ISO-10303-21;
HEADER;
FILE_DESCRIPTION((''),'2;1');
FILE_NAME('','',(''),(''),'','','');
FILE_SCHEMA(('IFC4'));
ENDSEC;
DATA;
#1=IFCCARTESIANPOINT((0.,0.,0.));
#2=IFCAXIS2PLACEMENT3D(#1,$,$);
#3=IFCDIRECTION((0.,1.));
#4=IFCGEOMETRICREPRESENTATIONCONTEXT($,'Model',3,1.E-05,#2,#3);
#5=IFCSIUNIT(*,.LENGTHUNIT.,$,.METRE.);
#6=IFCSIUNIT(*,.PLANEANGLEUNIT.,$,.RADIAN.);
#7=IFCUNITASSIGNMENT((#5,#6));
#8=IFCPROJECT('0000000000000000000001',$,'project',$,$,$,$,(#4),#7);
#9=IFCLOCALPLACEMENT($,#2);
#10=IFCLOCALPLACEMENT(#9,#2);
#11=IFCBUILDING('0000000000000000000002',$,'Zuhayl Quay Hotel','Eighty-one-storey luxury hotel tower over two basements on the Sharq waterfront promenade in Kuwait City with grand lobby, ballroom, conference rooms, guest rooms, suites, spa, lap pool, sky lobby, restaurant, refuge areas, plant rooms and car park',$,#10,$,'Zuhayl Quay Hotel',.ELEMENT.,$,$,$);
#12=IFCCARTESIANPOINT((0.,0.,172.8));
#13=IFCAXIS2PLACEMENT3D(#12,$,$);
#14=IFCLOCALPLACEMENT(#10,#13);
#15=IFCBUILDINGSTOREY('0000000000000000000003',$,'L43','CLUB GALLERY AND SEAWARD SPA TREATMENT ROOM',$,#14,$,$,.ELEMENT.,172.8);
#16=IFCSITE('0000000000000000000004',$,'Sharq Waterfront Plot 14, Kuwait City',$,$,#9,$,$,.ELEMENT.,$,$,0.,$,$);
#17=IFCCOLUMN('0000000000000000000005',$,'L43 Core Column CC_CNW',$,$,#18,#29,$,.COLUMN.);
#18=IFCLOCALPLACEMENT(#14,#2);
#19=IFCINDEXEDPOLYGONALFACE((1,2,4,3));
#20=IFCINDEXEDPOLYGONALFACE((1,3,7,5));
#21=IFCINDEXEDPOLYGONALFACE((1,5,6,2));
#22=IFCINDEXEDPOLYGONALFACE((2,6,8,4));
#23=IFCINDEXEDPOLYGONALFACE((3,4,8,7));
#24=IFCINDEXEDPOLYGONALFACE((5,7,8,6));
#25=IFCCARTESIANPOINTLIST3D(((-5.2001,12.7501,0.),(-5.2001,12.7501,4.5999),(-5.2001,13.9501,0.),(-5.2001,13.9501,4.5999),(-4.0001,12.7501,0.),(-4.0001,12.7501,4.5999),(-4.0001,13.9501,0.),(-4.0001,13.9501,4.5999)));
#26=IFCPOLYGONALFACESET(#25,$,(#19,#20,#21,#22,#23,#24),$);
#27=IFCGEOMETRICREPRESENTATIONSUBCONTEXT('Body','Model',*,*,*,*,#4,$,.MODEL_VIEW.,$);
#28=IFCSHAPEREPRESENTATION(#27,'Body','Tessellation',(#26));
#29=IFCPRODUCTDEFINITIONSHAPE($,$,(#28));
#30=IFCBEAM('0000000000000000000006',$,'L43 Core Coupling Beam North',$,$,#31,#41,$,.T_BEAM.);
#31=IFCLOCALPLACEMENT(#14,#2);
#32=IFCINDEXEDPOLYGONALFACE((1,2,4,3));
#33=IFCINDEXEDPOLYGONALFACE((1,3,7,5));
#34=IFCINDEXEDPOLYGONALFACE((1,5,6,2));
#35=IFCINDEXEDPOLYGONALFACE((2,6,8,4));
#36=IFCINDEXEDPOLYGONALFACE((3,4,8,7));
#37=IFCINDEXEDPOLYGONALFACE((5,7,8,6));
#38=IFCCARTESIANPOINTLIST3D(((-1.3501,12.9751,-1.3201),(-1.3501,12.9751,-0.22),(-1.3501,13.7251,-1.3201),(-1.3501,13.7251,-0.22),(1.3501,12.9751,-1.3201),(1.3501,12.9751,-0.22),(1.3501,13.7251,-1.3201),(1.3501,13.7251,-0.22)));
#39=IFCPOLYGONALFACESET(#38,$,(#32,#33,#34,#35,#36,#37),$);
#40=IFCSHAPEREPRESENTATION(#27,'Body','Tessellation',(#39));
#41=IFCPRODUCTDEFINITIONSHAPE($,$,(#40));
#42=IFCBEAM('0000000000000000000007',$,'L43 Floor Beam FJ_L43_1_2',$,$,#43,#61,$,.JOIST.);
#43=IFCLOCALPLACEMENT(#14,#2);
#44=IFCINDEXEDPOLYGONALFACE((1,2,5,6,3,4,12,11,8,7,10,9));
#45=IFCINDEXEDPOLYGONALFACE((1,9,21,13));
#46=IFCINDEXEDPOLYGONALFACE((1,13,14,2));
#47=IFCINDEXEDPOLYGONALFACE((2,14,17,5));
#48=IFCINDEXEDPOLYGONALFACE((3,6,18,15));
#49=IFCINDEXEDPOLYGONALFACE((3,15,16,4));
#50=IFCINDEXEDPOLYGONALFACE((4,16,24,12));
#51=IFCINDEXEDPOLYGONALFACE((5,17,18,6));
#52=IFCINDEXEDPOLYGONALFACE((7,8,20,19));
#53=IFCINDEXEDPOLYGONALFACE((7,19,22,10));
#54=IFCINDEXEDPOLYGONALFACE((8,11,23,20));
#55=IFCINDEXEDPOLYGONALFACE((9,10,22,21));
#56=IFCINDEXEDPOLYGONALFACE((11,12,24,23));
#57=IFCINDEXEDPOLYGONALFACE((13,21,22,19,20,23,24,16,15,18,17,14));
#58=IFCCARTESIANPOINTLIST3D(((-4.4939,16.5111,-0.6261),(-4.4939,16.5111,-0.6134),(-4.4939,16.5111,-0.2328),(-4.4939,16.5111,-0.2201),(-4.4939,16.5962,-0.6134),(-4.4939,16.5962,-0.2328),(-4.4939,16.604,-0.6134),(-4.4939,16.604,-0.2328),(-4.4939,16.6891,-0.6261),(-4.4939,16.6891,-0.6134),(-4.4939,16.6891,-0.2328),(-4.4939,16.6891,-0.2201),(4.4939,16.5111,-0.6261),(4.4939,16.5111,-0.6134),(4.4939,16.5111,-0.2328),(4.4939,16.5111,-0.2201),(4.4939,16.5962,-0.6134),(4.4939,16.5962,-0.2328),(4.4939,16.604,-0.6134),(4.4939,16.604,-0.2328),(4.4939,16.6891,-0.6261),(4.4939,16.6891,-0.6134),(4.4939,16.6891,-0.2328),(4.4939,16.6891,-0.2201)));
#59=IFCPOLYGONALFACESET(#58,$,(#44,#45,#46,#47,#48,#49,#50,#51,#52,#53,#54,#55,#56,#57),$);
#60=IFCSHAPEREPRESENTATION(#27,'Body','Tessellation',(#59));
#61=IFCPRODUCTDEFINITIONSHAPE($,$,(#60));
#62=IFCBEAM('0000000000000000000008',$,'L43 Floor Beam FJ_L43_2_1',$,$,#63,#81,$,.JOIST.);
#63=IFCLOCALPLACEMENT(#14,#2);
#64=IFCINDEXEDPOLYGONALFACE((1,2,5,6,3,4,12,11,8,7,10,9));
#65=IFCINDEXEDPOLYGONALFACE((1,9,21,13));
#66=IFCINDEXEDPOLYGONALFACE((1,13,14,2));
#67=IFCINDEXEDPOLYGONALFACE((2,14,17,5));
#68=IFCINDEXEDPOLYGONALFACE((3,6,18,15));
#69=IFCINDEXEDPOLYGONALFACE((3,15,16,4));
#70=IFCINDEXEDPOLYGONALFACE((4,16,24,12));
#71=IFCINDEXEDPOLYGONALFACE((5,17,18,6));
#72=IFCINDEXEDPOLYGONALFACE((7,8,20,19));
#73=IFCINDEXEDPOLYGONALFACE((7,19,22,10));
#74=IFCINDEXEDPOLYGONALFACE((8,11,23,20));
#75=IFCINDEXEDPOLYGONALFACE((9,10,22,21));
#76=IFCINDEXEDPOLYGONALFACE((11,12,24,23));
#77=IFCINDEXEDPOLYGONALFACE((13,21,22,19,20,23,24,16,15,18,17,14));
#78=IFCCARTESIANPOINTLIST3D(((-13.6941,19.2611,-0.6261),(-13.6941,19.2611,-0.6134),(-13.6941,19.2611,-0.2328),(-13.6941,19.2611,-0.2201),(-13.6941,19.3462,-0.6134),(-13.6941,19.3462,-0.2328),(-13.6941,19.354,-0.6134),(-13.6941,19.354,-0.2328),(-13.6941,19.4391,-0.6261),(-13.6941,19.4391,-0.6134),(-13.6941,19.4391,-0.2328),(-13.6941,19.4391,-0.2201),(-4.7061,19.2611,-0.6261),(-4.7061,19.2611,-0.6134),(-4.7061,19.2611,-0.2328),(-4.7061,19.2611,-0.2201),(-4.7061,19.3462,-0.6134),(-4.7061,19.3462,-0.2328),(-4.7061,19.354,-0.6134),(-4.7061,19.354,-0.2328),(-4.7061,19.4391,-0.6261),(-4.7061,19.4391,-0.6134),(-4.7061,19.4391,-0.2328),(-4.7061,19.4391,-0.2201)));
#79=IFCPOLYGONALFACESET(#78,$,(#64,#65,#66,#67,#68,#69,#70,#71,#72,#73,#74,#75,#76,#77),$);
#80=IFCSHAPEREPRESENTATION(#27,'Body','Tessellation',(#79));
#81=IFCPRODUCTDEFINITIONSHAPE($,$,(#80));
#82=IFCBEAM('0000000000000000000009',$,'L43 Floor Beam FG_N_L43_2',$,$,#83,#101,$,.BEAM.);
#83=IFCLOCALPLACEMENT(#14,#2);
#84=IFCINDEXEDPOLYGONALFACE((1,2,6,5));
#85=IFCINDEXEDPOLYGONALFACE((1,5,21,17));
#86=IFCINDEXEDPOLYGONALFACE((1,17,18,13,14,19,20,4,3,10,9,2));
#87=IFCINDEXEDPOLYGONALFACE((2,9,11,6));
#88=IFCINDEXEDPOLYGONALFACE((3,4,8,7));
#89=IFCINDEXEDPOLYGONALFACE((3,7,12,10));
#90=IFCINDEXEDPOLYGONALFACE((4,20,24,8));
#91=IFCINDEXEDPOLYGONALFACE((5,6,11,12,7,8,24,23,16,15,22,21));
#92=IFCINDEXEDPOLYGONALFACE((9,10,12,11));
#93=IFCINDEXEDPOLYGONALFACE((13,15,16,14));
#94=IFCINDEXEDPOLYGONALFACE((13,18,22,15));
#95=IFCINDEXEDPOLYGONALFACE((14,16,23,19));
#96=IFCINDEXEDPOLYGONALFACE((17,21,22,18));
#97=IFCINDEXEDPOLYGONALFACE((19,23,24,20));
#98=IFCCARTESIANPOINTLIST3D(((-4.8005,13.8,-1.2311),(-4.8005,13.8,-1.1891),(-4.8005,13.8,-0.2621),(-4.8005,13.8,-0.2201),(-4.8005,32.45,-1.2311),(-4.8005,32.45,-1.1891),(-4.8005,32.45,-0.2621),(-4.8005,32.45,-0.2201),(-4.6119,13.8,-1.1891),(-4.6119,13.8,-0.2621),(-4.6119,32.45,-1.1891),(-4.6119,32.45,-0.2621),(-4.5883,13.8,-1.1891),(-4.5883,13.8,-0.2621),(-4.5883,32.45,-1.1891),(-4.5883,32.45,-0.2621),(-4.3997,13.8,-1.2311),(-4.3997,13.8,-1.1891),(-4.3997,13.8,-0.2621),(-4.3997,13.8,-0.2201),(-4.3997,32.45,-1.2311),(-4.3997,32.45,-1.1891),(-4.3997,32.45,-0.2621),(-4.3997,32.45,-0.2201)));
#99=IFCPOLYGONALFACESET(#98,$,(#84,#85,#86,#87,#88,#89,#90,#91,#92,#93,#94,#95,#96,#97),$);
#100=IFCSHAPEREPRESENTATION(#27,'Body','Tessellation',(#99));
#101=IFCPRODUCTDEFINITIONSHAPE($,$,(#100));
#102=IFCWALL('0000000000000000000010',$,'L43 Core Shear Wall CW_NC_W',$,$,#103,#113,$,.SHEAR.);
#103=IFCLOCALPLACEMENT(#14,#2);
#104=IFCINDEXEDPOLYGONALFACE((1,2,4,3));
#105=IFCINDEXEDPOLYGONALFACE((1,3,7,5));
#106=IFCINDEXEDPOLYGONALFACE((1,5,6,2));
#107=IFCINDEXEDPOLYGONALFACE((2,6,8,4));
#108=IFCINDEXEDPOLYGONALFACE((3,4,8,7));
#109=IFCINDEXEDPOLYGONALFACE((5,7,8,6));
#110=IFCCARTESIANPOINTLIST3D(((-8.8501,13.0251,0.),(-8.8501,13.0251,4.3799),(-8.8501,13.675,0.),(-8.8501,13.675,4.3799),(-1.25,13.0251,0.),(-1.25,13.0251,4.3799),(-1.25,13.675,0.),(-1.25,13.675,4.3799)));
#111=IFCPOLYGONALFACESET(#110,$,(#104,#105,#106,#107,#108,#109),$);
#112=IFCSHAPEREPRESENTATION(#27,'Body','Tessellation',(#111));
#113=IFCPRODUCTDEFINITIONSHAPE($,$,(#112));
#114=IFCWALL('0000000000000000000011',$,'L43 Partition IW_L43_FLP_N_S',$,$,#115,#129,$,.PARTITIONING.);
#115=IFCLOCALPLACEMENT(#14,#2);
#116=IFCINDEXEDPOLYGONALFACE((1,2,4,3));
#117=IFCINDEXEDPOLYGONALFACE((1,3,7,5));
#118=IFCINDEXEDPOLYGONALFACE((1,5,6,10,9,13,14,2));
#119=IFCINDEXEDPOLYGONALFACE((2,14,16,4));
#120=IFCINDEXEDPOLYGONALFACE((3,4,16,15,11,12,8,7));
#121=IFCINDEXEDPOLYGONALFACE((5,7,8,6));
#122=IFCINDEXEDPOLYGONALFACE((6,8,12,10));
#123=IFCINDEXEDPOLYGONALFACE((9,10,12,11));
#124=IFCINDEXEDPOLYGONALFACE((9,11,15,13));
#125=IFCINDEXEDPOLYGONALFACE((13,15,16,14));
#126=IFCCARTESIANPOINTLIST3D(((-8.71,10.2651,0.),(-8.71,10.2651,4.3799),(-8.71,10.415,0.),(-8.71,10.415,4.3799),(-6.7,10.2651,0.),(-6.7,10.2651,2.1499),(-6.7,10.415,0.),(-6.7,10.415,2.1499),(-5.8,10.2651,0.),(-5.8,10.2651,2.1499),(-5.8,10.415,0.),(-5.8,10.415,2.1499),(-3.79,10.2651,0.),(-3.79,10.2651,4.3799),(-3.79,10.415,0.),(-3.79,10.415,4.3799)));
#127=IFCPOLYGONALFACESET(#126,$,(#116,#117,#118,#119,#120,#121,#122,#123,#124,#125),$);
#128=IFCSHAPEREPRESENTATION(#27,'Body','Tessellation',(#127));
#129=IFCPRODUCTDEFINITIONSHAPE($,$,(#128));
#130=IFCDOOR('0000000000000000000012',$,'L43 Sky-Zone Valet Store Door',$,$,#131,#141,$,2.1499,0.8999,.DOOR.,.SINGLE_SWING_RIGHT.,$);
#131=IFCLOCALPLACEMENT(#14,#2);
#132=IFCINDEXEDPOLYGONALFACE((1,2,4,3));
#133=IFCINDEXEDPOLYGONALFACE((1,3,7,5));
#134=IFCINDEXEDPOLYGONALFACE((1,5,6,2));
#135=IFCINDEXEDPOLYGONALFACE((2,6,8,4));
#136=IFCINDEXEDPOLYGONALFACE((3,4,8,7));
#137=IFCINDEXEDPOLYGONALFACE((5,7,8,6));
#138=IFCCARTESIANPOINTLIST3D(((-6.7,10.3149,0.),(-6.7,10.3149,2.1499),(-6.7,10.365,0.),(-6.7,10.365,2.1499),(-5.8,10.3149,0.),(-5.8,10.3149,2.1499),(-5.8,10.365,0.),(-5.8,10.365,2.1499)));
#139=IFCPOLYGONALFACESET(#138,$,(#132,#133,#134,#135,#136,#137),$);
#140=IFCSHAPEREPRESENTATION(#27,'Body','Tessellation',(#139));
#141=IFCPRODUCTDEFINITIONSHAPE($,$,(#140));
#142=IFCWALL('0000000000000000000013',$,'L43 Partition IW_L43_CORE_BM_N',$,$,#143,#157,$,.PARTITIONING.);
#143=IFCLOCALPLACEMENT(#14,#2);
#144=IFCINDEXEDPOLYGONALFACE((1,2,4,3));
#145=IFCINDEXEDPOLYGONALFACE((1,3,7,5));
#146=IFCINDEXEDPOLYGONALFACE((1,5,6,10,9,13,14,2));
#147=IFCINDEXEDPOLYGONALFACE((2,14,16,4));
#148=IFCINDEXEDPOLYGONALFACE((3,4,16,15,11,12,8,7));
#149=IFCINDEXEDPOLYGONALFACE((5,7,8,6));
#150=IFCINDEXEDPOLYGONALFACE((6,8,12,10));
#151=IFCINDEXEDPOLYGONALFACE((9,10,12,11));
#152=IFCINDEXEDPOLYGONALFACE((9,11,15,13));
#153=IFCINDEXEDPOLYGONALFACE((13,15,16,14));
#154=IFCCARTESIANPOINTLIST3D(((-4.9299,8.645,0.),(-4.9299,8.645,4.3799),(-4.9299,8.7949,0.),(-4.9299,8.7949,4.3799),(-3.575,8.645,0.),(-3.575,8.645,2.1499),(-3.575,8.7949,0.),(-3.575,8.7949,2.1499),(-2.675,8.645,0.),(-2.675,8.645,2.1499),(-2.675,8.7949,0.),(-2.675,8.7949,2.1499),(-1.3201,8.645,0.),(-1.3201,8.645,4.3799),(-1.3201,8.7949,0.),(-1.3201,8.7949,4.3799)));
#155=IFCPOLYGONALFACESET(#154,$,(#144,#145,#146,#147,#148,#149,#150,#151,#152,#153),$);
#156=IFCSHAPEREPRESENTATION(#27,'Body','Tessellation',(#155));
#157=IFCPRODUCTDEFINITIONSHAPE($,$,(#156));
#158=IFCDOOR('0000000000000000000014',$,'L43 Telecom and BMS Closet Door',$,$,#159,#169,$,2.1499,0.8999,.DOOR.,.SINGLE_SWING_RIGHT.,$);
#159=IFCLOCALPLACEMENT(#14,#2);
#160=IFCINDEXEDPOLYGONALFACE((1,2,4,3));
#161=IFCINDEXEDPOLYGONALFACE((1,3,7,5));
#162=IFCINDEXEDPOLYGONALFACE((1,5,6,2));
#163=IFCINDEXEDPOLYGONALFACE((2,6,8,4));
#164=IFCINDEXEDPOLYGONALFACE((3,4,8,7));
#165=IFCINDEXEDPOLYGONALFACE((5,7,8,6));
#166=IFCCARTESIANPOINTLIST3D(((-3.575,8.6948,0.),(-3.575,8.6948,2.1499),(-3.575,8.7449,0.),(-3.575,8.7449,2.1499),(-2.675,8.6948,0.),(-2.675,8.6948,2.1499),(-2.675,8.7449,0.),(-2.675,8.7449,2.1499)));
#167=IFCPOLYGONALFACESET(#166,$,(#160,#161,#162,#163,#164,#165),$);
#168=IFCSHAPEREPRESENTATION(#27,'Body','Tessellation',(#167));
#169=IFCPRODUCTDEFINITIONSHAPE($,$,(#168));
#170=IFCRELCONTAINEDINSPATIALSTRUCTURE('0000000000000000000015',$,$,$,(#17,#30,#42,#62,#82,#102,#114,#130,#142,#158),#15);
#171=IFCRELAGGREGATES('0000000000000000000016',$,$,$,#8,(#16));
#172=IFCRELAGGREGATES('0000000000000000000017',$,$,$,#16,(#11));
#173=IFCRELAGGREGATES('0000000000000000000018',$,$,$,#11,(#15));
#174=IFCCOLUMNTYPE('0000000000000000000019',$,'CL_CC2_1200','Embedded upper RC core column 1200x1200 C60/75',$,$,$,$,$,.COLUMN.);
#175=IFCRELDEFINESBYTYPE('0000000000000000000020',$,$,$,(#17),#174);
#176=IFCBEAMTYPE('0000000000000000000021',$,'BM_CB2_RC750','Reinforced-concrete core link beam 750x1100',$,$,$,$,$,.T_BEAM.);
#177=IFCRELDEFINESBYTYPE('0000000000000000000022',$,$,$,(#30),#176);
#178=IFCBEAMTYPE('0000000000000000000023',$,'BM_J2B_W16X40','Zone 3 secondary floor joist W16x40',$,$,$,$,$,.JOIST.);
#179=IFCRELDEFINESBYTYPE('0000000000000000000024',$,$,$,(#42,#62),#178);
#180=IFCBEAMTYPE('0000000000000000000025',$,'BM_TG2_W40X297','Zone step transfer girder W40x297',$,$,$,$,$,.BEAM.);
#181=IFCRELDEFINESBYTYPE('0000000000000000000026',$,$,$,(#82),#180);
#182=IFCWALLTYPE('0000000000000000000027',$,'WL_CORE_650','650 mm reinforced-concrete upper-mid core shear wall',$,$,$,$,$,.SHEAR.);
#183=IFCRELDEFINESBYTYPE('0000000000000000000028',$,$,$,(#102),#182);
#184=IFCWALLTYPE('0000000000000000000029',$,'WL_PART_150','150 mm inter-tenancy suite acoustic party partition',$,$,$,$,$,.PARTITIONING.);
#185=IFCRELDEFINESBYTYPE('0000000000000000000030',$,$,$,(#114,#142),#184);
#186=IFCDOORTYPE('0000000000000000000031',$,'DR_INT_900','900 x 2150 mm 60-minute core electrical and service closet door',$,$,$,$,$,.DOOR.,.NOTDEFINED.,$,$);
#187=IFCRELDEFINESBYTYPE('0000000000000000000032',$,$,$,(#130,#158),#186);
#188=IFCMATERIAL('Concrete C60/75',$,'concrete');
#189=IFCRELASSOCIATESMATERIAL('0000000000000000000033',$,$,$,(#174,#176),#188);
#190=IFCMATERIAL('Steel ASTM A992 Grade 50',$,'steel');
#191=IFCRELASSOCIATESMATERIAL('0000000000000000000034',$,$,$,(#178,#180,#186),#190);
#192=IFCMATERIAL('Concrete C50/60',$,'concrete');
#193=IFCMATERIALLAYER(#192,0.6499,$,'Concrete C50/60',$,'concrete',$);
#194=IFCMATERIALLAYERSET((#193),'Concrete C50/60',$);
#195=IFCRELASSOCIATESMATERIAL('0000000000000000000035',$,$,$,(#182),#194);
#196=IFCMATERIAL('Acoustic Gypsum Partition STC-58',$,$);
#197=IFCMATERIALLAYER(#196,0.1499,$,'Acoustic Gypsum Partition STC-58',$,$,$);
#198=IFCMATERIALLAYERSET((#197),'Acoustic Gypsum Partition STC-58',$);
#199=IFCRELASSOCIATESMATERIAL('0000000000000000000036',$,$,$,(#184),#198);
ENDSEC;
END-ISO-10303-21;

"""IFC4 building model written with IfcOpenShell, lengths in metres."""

from ifc_helpers import new_model, si_unit, direction, frame, frame_2d, origin, origin_2d, place, context, subcontext, project, spatial, rectangle, i_section, extrude, material, layer, layer_set, material_profile, profile_set, type_object, element, fill, save


model = new_model("IFC4")

# Units and contexts
model_context = context("Model", 3, precision=1e-05, world=origin(), true_north=direction((0.0, 1.0)))
body_context = subcontext(model_context, "Body", "Model", "MODEL_VIEW")
ifc_project = project(units=[si_unit("LENGTHUNIT", "METRE"), si_unit("PLANEANGLEUNIT", "RADIAN")], contexts=[model_context])

# Site, building, storey
site_placement = place(None, origin())
site = spatial("IfcSite", under=ifc_project, at=site_placement, Name="Sharq Waterfront Plot 14, Kuwait City", CompositionType="ELEMENT", RefElevation=0.0)
building_placement = place(site_placement, origin())
building = spatial("IfcBuilding", under=site, at=building_placement, Name="Zuhayl Quay Hotel", Description="Eighty-one-storey luxury hotel tower over two basements on the Sharq waterfront promenade in Kuwait City with grand lobby, ballroom, conference rooms, guest rooms, suites, spa, lap pool, sky lobby, restaurant, refuge areas, plant rooms and car park", LongName="Zuhayl Quay Hotel", CompositionType="ELEMENT")
storey_placement = place(building_placement, frame((0.0, 0.0, 172.8)))
storey = spatial("IfcBuildingStorey", under=building, at=storey_placement, Name="L43", Description="CLUB GALLERY AND SEAWARD SPA TREATMENT ROOM", CompositionType="ELEMENT", Elevation=172.8)

# Column
ifc_material_1 = material(Name="Concrete C60/75", Category="concrete")
ifc_material_profile_1 = material_profile(ifc_material_1, rectangle(XDim=1.2, YDim=1.2, at=origin_2d()), Name="RC1200X1200")
ifc_profile_set_1 = profile_set([ifc_material_profile_1], Name="Concrete C60/75")
column_type = type_object("IfcColumnType", Name="CL_CC2_1200", Description="Embedded upper RC core column 1200x1200 C60/75", PredefinedType="COLUMN", material=ifc_profile_set_1)
column_placement = place(storey_placement, frame((-4.6001, 13.3501, 0.0), z_axis=(0.0, 0.0, 1.0), x_axis=(1.0, 0.0, 0.0)))
element("IfcColumn", 1, at=column_placement, inside=storey, type_object=column_type, Name="L43 Core Column CC_CNW", PredefinedType="COLUMN", context=body_context, shape_type="SweptSolid", body=[
    extrude(rectangle(XDim=1.2, YDim=1.2, at=origin_2d()), origin(), (0.0, 0.0, 1.0), 4.5999),
])

# Beams
ifc_material_profile_2 = material_profile(ifc_material_1, rectangle(XDim=0.75, YDim=1.1001, at=origin_2d()), Name="RC750X1100")
ifc_profile_set_2 = profile_set([ifc_material_profile_2], Name="Concrete C60/75")
beam_type_1 = type_object("IfcBeamType", Name="BM_CB2_RC750", Description="Reinforced-concrete core link beam 750x1100", PredefinedType="T_BEAM", material=ifc_profile_set_2)
beam_1_placement = place(storey_placement, frame((-1.3501, 13.3501, -0.77), z_axis=(1.0, 0.0, 0.0), x_axis=(0.0, 1.0, 0.0)))
element("IfcBeam", 2, at=beam_1_placement, inside=storey, type_object=beam_type_1, Name="L43 Core Coupling Beam North", PredefinedType="T_BEAM", context=body_context, shape_type="SweptSolid", body=[
    extrude(rectangle(XDim=0.75, YDim=1.1001, at=origin_2d()), origin(), (0.0, 0.0, 1.0), 2.7002),
])
ifc_material_2 = material(Name="Steel ASTM A992 Grade 50", Category="steel")
ifc_material_profile_3 = material_profile(ifc_material_2, i_section(OverallWidth=0.178, OverallDepth=0.406, WebThickness=0.0078, FlangeThickness=0.0127, at=origin_2d()), Name="W16X40")
ifc_profile_set_3 = profile_set([ifc_material_profile_3], Name="Steel ASTM A992 Grade 50")
beam_type_2 = type_object("IfcBeamType", Name="BM_J2B_W16X40", Description="Zone 3 secondary floor joist W16x40", PredefinedType="JOIST", material=ifc_profile_set_3)
beam_2_placement = place(storey_placement, frame((-4.4939, 16.6001, -0.4231), z_axis=(1.0, 0.0, 0.0), x_axis=(0.0, 1.0, 0.0)))
element("IfcBeam", 3, at=beam_2_placement, inside=storey, type_object=beam_type_2, Name="L43 Floor Beam FJ_L43_1_2", PredefinedType="JOIST", context=body_context, shape_type="SweptSolid", body=[
    extrude(i_section(OverallWidth=0.178, OverallDepth=0.406, WebThickness=0.0078, FlangeThickness=0.0127, at=origin_2d()), origin(), (0.0, 0.0, 1.0), 8.9878),
])
beam_3_placement = place(storey_placement, frame((-13.6941, 19.3501, -0.4231), z_axis=(1.0, 0.0, 0.0), x_axis=(0.0, 1.0, 0.0)))
element("IfcBeam", 4, at=beam_3_placement, inside=storey, type_object=beam_type_2, Name="L43 Floor Beam FJ_L43_2_1", PredefinedType="JOIST", context=body_context, shape_type="SweptSolid", body=[
    extrude(i_section(OverallWidth=0.178, OverallDepth=0.406, WebThickness=0.0078, FlangeThickness=0.0127, at=origin_2d()), origin(), (0.0, 0.0, 1.0), 8.988),
])
ifc_material_profile_4 = material_profile(ifc_material_2, i_section(OverallWidth=0.4009, OverallDepth=1.011, WebThickness=0.0237, FlangeThickness=0.042, at=origin_2d()), Name="W40X297")
ifc_profile_set_4 = profile_set([ifc_material_profile_4], Name="Steel ASTM A992 Grade 50")
beam_type_3 = type_object("IfcBeamType", Name="BM_TG2_W40X297", Description="Zone step transfer girder W40x297", PredefinedType="BEAM", material=ifc_profile_set_4)
beam_4_placement = place(storey_placement, frame((-4.6001, 13.8, -0.7256), z_axis=(0.0, 1.0, 0.0), x_axis=(-1.0, 0.0, 0.0)))
element("IfcBeam", 5, at=beam_4_placement, inside=storey, type_object=beam_type_3, Name="L43 Floor Beam FG_N_L43_2", PredefinedType="BEAM", context=body_context, shape_type="SweptSolid", body=[
    extrude(i_section(OverallWidth=0.4009, OverallDepth=1.011, WebThickness=0.0237, FlangeThickness=0.042, at=origin_2d()), origin(), (0.0, 0.0, 1.0), 18.6499),
])

# Wall
ifc_material_3 = material(Name="Concrete C50/60", Category="concrete")
ifc_layer_1 = layer(ifc_material_3, 0.6499, Name="Concrete C50/60", Category="concrete")
ifc_layer_set_1 = layer_set([ifc_layer_1], Name="Concrete C50/60")
wall_type_1 = type_object("IfcWallType", Name="WL_CORE_650", Description="650 mm reinforced-concrete upper-mid core shear wall", PredefinedType="SHEAR", material=ifc_layer_set_1)
wall_1_placement = place(storey_placement, frame((-8.8501, 13.3501, 0.0), z_axis=(0.0, 0.0, 1.0), x_axis=(1.0, 0.0, 0.0)))
element("IfcWall", 6, at=wall_1_placement, inside=storey, type_object=wall_type_1, Name="L43 Core Shear Wall CW_NC_W", PredefinedType="SHEAR", context=body_context, shape_type="SweptSolid", body=[
    extrude(rectangle(XDim=7.6001, YDim=0.6499, at=frame_2d((3.8, 0.0))), origin(), (0.0, 0.0, 1.0), 4.3799),
])

# Walls, openings, doors
ifc_material_4 = material(Name="Acoustic Gypsum Partition STC-58")
ifc_layer_2 = layer(ifc_material_4, 0.1499, Name="Acoustic Gypsum Partition STC-58")
ifc_layer_set_2 = layer_set([ifc_layer_2], Name="Acoustic Gypsum Partition STC-58")
wall_type_2 = type_object("IfcWallType", Name="WL_PART_150", Description="150 mm inter-tenancy suite acoustic party partition", PredefinedType="PARTITIONING", material=ifc_layer_set_2)
wall_2_placement = place(storey_placement, frame((-8.71, 10.3401, 0.0), z_axis=(0.0, 0.0, 1.0), x_axis=(1.0, 0.0, 0.0)))
wall_2 = element("IfcWall", 7, at=wall_2_placement, inside=storey, type_object=wall_type_2, Name="L43 Partition IW_L43_FLP_N_S", PredefinedType="PARTITIONING", context=body_context, shape_type="SweptSolid", body=[
    extrude(rectangle(XDim=4.9199, YDim=0.1499, at=frame_2d((2.46, 0.0))), origin(), (0.0, 0.0, 1.0), 4.3799),
])
opening_1_placement = place(wall_2_placement, frame((2.01, 0.0, 0.0)))
opening_1 = element("IfcOpeningElement", 8, at=opening_1_placement, cuts=wall_2, PredefinedType="OPENING", context=body_context, shape_type="SweptSolid", body=[
    extrude(rectangle(XDim=0.8999, YDim=2.1499, at=frame_2d((0.45, 1.075))), frame((0.0, 0.085, 0.0), z_axis=(0.0, -1.0, 0.0), x_axis=(1.0, 0.0, 0.0)), (0.0, 0.0, 1.0), 0.1699),
])
door_type_1 = type_object("IfcDoorType", Name="DR_INT_900", Description="900 x 2150 mm 60-minute core electrical and service closet door", OperationType="NOTDEFINED", PredefinedType="DOOR", material=ifc_material_2)
door_1_placement = place(opening_1_placement, origin())
door_1 = element("IfcDoor", 9, at=door_1_placement, inside=storey, type_object=door_type_1, Name="L43 Sky-Zone Valet Store Door", OperationType="SINGLE_SWING_RIGHT", OverallHeight=2.1499, OverallWidth=0.8999, PredefinedType="DOOR", context=body_context, shape_type="SweptSolid", body=[
    extrude(rectangle(XDim=0.8999, YDim=2.1499, at=frame_2d((0.45, 1.075))), frame((0.0, 0.0249, 0.0), z_axis=(0.0, -1.0, 0.0), x_axis=(1.0, 0.0, 0.0)), (0.0, 0.0, 1.0), 0.05),
])
fill(opening_1, door_1)
wall_3_placement = place(storey_placement, frame((-4.9299, 8.72, 0.0), z_axis=(0.0, 0.0, 1.0), x_axis=(1.0, 0.0, 0.0)))
wall_3 = element("IfcWall", 10, at=wall_3_placement, inside=storey, type_object=wall_type_2, Name="L43 Partition IW_L43_CORE_BM_N", PredefinedType="PARTITIONING", context=body_context, shape_type="SweptSolid", body=[
    extrude(rectangle(XDim=3.6099, YDim=0.1499, at=frame_2d((1.8049, 0.0))), origin(), (0.0, 0.0, 1.0), 4.3799),
])
opening_2_placement = place(wall_3_placement, frame((1.355, 0.0, 0.0)))
opening_2 = element("IfcOpeningElement", 11, at=opening_2_placement, cuts=wall_3, PredefinedType="OPENING", context=body_context, shape_type="SweptSolid", body=[
    extrude(rectangle(XDim=0.8999, YDim=2.1499, at=frame_2d((0.45, 1.075))), frame((0.0, 0.085, 0.0), z_axis=(0.0, -1.0, 0.0), x_axis=(1.0, 0.0, 0.0)), (0.0, 0.0, 1.0), 0.1699),
])
door_2_placement = place(opening_2_placement, origin())
door_2 = element("IfcDoor", 12, at=door_2_placement, inside=storey, type_object=door_type_1, Name="L43 Telecom and BMS Closet Door", OperationType="SINGLE_SWING_RIGHT", OverallHeight=2.1499, OverallWidth=0.8999, PredefinedType="DOOR", context=body_context, shape_type="SweptSolid", body=[
    extrude(rectangle(XDim=0.8999, YDim=2.1499, at=frame_2d((0.45, 1.075))), frame((0.0, 0.0249, 0.0), z_axis=(0.0, -1.0, 0.0), x_axis=(1.0, 0.0, 0.0)), (0.0, 0.0, 1.0), 0.05),
])
fill(opening_2, door_2)

save(model, "model.ifc")
